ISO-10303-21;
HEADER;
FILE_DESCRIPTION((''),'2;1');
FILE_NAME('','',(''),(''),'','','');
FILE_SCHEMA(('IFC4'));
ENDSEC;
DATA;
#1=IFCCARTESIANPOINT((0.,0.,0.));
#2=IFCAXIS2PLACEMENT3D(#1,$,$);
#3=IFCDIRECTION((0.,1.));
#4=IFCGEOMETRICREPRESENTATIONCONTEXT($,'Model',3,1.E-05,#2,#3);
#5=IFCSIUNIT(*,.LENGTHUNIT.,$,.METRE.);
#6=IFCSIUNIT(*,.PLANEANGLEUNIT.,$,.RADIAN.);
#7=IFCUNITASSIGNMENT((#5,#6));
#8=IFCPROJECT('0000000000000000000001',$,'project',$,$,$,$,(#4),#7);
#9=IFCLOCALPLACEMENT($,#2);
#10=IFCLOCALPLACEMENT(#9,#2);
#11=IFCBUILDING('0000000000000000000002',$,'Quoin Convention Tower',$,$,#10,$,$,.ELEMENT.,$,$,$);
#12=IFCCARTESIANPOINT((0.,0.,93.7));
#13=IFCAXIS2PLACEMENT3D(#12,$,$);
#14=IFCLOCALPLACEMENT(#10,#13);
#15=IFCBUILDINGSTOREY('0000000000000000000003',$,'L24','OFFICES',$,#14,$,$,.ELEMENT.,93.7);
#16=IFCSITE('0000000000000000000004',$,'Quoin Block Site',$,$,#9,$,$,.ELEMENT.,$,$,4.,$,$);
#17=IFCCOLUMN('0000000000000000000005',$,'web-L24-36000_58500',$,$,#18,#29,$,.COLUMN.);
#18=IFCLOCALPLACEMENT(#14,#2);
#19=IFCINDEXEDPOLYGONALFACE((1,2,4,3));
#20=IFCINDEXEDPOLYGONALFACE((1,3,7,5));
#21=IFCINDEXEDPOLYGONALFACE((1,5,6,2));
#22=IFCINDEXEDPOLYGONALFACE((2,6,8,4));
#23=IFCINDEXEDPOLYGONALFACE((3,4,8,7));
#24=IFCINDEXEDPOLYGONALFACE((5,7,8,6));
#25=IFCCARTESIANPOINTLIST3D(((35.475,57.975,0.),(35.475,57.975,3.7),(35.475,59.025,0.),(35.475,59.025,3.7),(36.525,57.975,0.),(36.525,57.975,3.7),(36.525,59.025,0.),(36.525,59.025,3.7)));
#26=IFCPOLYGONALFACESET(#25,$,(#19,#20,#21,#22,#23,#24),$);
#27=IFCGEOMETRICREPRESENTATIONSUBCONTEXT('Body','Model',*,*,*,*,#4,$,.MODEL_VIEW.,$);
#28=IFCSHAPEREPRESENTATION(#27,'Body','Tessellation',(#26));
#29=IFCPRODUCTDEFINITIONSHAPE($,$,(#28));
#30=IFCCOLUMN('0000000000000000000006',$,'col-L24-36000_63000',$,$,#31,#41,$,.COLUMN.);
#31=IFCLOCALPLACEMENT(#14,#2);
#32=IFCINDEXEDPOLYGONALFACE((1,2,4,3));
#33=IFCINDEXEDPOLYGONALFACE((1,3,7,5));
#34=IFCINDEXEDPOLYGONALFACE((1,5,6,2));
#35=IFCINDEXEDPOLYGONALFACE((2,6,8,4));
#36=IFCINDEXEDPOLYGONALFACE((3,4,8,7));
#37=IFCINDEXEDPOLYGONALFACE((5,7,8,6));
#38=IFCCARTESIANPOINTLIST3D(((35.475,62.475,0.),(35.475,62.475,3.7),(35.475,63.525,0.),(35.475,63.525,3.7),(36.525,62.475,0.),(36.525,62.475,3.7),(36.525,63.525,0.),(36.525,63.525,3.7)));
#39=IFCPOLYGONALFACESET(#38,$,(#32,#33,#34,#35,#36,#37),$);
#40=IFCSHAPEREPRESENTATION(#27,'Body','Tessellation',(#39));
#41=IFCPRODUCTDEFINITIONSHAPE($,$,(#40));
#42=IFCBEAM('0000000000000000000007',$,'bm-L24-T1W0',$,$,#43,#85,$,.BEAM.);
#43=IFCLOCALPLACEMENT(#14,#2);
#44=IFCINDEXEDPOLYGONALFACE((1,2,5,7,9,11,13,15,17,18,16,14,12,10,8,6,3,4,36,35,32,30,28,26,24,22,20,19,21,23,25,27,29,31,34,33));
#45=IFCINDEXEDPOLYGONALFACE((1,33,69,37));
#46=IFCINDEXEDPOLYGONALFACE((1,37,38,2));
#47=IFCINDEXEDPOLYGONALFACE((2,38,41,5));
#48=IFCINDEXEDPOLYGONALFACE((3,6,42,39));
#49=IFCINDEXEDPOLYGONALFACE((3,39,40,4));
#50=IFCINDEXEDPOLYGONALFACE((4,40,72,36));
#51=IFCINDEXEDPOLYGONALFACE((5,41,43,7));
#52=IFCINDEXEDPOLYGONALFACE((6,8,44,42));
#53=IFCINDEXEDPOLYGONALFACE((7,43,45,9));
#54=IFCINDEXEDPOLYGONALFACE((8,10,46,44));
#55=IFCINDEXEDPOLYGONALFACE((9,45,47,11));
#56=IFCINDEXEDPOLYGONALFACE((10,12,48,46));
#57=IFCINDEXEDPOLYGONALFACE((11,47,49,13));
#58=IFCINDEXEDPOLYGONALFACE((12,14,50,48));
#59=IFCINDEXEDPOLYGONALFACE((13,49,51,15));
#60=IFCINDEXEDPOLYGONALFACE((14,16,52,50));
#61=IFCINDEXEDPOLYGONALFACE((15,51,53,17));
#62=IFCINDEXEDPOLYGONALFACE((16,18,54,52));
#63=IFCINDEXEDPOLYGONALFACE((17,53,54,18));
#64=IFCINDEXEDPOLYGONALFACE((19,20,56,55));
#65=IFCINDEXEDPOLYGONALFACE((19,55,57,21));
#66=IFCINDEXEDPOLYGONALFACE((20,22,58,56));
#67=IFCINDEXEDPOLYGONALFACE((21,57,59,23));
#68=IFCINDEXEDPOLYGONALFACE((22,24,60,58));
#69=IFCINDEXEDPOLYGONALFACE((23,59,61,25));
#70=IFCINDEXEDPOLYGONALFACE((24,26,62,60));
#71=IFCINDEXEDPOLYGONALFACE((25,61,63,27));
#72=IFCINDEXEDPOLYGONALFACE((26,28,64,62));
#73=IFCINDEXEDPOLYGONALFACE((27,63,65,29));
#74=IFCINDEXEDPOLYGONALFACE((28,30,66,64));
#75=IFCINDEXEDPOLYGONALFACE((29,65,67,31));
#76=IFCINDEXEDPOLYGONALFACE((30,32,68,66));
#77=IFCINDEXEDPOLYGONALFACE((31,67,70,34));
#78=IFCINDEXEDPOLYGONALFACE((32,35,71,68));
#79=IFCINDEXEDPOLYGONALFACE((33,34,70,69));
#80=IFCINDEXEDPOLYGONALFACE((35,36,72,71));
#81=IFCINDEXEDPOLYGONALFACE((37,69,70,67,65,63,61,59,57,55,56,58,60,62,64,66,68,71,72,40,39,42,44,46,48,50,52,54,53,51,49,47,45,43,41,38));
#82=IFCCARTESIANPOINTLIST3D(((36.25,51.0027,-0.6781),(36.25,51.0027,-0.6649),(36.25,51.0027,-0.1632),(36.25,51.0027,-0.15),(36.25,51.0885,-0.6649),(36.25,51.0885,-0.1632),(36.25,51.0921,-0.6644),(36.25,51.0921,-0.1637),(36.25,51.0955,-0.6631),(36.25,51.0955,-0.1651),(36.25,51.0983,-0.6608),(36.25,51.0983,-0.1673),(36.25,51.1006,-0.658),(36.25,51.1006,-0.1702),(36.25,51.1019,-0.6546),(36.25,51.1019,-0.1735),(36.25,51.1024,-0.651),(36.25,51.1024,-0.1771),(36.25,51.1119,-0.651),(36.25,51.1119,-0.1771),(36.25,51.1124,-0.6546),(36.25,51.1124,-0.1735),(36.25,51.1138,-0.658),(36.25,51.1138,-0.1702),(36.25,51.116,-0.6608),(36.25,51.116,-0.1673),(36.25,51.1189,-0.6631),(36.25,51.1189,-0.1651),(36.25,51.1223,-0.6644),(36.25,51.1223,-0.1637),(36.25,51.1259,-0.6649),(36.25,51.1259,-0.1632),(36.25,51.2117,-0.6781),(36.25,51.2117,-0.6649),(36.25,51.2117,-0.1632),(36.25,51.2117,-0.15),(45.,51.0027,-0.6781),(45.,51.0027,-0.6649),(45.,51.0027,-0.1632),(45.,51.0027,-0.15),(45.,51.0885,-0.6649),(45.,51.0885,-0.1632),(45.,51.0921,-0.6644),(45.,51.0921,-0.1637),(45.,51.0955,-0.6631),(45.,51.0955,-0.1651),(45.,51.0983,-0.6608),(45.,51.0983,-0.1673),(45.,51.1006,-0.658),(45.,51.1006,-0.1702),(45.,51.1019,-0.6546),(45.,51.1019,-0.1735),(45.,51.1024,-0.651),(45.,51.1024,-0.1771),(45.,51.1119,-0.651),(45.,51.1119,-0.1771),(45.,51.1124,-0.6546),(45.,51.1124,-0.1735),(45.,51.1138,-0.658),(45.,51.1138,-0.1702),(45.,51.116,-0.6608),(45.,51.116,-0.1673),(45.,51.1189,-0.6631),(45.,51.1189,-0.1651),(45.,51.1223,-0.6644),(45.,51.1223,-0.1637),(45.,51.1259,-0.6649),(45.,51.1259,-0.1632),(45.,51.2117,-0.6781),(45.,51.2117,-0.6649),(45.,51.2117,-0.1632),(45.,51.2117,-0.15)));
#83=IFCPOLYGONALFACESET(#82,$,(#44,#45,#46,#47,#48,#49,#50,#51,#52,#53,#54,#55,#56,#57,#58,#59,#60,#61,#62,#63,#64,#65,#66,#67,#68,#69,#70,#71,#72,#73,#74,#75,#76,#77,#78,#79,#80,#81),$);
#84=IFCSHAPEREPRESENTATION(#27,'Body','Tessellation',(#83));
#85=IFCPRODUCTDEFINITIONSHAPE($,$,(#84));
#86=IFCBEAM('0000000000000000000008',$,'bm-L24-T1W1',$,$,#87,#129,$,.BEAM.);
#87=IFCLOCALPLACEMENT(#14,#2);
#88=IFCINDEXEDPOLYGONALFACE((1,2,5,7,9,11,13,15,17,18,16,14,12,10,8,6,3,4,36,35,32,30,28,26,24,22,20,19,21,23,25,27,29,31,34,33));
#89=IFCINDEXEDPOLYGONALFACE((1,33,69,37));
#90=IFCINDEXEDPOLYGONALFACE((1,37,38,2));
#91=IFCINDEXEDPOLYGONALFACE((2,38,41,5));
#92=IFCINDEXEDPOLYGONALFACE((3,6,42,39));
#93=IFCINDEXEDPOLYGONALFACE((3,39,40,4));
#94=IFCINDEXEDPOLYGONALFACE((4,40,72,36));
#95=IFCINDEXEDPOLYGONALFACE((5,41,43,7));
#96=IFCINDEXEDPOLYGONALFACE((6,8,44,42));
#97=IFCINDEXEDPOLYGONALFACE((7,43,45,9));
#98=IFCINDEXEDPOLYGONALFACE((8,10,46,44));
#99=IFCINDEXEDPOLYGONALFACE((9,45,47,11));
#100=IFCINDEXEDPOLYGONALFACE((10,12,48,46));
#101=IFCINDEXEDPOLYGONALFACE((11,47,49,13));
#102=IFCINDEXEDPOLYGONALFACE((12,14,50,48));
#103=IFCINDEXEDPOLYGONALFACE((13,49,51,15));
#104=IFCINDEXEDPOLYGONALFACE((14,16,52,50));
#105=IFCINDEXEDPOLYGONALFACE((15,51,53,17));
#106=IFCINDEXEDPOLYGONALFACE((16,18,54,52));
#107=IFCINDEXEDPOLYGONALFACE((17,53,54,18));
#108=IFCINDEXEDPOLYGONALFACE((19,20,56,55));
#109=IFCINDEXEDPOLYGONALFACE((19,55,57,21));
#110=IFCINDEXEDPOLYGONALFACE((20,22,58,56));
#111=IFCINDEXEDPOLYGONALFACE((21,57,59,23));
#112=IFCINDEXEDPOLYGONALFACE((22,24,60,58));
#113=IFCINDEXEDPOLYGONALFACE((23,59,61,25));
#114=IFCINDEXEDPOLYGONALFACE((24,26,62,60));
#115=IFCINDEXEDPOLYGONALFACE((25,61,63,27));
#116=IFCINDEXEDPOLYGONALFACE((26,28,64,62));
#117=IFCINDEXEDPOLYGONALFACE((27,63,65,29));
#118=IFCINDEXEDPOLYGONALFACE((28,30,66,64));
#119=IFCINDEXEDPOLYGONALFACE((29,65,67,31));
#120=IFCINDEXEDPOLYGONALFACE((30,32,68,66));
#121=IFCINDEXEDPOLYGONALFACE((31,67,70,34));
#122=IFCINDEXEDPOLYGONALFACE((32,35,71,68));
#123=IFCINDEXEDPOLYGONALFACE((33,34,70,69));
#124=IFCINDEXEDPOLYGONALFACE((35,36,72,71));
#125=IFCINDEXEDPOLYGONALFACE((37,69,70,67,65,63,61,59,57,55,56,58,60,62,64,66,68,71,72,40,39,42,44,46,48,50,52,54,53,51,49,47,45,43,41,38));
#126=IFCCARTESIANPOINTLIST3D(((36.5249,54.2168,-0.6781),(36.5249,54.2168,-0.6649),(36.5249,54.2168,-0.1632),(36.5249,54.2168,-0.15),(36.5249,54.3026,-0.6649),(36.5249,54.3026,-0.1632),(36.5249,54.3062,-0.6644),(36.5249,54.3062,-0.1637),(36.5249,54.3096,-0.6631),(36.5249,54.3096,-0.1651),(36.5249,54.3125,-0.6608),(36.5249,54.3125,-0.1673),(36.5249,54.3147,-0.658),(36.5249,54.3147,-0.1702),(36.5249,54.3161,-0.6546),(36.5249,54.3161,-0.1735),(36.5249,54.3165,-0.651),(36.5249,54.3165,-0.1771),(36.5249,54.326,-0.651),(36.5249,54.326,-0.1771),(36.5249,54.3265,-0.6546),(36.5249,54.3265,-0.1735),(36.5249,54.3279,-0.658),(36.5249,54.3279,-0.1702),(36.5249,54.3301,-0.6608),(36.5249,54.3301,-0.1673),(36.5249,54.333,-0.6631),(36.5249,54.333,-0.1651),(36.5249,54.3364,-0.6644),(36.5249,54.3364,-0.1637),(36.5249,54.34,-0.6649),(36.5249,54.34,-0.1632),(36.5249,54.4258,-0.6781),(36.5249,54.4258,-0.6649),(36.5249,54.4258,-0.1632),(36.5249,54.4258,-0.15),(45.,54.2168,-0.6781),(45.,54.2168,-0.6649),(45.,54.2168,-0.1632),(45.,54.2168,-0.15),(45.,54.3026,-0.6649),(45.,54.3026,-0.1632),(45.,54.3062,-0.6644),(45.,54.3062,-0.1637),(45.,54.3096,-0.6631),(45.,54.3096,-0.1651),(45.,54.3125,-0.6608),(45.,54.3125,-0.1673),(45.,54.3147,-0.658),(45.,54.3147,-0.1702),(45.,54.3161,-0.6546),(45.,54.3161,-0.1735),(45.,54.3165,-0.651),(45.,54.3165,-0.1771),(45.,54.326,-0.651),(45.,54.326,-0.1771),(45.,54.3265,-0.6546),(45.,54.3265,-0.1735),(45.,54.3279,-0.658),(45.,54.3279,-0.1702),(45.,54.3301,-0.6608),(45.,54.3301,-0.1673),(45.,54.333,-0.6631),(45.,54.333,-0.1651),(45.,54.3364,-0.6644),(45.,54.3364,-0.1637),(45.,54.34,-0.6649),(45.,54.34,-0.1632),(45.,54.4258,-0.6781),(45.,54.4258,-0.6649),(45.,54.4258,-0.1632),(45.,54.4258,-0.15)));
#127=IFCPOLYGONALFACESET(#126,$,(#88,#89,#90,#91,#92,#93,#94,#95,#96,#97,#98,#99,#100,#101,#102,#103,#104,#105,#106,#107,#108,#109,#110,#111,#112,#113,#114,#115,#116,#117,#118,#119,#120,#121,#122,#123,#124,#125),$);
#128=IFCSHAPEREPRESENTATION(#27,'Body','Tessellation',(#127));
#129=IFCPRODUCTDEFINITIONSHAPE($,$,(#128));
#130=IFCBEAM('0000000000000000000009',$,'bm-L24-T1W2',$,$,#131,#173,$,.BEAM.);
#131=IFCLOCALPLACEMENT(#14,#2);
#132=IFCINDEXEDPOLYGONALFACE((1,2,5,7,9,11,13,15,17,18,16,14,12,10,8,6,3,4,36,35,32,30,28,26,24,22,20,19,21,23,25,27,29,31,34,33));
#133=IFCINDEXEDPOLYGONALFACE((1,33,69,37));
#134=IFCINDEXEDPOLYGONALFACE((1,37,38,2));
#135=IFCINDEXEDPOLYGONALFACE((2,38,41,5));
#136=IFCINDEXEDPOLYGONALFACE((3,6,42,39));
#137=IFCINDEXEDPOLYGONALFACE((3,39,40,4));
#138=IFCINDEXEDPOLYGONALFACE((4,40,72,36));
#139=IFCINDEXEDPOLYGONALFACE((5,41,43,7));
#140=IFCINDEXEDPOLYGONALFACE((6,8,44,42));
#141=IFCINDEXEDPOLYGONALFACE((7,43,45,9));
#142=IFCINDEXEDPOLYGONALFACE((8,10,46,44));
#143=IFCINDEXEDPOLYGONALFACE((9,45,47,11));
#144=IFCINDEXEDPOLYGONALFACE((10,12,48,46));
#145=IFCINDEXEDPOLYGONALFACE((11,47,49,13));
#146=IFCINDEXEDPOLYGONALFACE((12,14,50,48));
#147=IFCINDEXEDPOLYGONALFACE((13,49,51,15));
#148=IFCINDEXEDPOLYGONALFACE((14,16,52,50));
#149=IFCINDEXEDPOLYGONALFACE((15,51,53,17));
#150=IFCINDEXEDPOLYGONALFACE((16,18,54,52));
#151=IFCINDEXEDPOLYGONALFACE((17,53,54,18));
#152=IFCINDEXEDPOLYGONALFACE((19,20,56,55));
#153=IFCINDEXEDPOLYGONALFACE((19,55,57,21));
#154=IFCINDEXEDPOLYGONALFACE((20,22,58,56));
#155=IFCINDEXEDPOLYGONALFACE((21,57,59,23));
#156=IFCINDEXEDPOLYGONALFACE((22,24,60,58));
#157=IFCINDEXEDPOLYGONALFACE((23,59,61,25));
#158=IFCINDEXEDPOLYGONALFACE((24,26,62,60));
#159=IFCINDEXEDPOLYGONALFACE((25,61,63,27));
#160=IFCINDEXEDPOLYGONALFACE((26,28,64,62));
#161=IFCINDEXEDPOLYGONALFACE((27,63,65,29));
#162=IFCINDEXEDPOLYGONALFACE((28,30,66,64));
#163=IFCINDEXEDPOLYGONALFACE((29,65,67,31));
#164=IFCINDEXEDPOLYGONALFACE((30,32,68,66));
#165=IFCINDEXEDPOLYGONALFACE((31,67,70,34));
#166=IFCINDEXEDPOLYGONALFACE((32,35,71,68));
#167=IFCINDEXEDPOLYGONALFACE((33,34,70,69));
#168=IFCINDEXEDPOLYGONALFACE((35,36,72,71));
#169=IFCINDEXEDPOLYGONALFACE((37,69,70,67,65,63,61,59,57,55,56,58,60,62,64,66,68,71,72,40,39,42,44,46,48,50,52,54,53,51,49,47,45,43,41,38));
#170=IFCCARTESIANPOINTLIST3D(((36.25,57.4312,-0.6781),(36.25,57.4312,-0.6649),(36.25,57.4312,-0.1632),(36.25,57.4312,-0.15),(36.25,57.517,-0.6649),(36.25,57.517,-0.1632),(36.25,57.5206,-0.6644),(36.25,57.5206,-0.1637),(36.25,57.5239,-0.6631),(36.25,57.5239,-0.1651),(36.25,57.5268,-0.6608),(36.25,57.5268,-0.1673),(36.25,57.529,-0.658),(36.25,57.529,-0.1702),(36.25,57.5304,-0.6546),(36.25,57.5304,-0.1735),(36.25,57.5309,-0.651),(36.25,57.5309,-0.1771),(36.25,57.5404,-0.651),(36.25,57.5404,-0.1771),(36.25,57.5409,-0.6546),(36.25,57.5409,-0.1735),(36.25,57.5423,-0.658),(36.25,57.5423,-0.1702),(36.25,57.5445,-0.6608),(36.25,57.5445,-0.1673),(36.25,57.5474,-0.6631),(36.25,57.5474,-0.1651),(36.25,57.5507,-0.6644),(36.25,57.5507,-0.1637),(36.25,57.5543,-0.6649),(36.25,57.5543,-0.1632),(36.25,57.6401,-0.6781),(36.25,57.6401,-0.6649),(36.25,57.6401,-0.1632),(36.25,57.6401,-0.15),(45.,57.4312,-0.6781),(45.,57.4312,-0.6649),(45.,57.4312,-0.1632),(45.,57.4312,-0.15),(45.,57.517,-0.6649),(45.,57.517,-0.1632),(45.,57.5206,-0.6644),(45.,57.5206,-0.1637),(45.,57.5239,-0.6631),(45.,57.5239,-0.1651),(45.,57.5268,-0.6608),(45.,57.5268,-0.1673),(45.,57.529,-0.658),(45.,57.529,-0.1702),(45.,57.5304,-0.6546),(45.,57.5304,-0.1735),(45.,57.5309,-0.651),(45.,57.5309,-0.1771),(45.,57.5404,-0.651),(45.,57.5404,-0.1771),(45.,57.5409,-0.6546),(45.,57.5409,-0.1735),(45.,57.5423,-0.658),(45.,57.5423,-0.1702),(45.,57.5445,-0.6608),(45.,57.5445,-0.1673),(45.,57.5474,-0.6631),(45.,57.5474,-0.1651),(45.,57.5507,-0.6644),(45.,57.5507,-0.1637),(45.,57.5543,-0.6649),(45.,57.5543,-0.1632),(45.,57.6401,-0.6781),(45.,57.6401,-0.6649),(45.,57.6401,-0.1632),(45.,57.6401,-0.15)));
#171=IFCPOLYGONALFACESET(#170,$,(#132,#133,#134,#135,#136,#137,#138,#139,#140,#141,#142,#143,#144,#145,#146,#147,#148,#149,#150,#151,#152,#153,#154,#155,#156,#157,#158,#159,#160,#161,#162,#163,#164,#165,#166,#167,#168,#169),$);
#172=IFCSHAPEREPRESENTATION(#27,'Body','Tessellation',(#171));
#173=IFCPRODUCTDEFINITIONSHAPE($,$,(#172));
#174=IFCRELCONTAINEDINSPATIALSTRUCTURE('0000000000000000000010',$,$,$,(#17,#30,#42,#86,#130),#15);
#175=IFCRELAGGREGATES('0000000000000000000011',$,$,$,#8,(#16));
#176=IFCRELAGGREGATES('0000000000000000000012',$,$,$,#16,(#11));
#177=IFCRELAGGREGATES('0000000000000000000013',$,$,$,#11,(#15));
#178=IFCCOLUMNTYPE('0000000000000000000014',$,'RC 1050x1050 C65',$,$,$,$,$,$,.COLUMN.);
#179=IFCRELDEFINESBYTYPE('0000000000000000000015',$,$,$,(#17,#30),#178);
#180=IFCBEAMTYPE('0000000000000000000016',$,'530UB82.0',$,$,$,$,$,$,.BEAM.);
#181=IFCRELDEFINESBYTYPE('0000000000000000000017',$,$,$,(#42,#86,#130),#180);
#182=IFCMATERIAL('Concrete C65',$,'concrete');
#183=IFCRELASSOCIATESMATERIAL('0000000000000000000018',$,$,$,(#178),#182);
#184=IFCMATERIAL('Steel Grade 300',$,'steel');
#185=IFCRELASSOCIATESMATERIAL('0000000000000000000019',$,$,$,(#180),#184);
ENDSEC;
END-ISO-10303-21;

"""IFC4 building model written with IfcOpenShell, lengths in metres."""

from ifc_helpers import new_model, si_unit, direction, frame, origin, origin_2d, place, context, subcontext, project, spatial, rectangle, i_section, extrude, material, material_profile, profile_set, type_object, element, save


model = new_model("IFC4")

# Units and contexts
model_context = context("Model", 3, precision=1e-05, world=origin(), true_north=direction((0.0, 1.0)))
body_context = subcontext(model_context, "Body", "Model", "MODEL_VIEW")
ifc_project = project(units=[si_unit("LENGTHUNIT", "METRE"), si_unit("PLANEANGLEUNIT", "RADIAN")], contexts=[model_context])

# Site, building, storey
site_placement = place(None, origin())
site = spatial("IfcSite", under=ifc_project, at=site_placement, Name="Quoin Block Site", CompositionType="ELEMENT", RefElevation=4.0)
building_placement = place(site_placement, origin())
building = spatial("IfcBuilding", under=site, at=building_placement, Name="Quoin Convention Tower", CompositionType="ELEMENT")
storey_placement = place(building_placement, frame((0.0, 0.0, 93.7)))
storey = spatial("IfcBuildingStorey", under=building, at=storey_placement, Name="L24", Description="OFFICES", CompositionType="ELEMENT", Elevation=93.7)

# Columns
ifc_material_1 = material(Name="Concrete C65", Category="concrete")
ifc_material_profile_1 = material_profile(ifc_material_1, rectangle(XDim=1.05, YDim=1.05, at=origin_2d()), Name="RC 1050x1050")
ifc_profile_set_1 = profile_set([ifc_material_profile_1], Name="Concrete C65")
column_type = type_object("IfcColumnType", Name="RC 1050x1050 C65", PredefinedType="COLUMN", material=ifc_profile_set_1)
for number, where, z_axis, x_axis, name in (
    (1, (36.0, 58.5, 0.0), (0.0, 0.0, 1.0), (1.0, 0.0, 0.0), "web-L24-36000_58500"),
    (2, (36.0, 63.0, 0.0), (0.0, 0.0, 1.0), (1.0, 0.0, 0.0), "col-L24-36000_63000"),
):
    element("IfcColumn", number, at=place(storey_placement, frame(where, z_axis=z_axis, x_axis=x_axis)), inside=storey, type_object=column_type, Name=name, PredefinedType="COLUMN", context=body_context, shape_type="SweptSolid", body=[
        extrude(rectangle(XDim=1.05, YDim=1.05, at=origin_2d()), origin(), (0.0, 0.0, 1.0), 3.7),
    ])

# Beams
ifc_material_2 = material(Name="Steel Grade 300", Category="steel")
ifc_material_profile_2 = material_profile(ifc_material_2, i_section(OverallWidth=0.209, OverallDepth=0.5281, WebThickness=0.0095, FlangeThickness=0.0132, FilletRadius=0.0139, at=origin_2d()), Name="530UB82.0")
ifc_profile_set_2 = profile_set([ifc_material_profile_2], Name="Steel Grade 300")
beam_type_1 = type_object("IfcBeamType", Name="530UB82.0", PredefinedType="BEAM", material=ifc_profile_set_2)
beam_1_placement = place(storey_placement, frame((36.25, 51.1072, -0.4141), z_axis=(1.0, 0.0, 0.0), x_axis=(0.0, 1.0, 0.0)))
element("IfcBeam", 3, at=beam_1_placement, inside=storey, type_object=beam_type_1, Name="bm-L24-T1W0", PredefinedType="BEAM", context=body_context, shape_type="SweptSolid", body=[
    extrude(i_section(OverallWidth=0.209, OverallDepth=0.5281, WebThickness=0.0095, FlangeThickness=0.0132, FilletRadius=0.0139, at=origin_2d()), origin(), (0.0, 0.0, 1.0), 8.75),
])
beam_2_placement = place(storey_placement, frame((36.5249, 54.3213, -0.4141), z_axis=(1.0, 0.0, 0.0), x_axis=(0.0, 1.0, 0.0)))
element("IfcBeam", 4, at=beam_2_placement, inside=storey, type_object=beam_type_1, Name="bm-L24-T1W1", PredefinedType="BEAM", context=body_context, shape_type="SweptSolid", body=[
    extrude(i_section(OverallWidth=0.209, OverallDepth=0.5281, WebThickness=0.0095, FlangeThickness=0.0132, FilletRadius=0.0139, at=origin_2d()), origin(), (0.0, 0.0, 1.0), 8.4751),
])
for number, where, z_axis, x_axis, name in (
    (5, (36.25, 57.5356, -0.4141), (1.0, 0.0, 0.0), (0.0, 1.0, 0.0), "bm-L24-T1W2"),
):
    element("IfcBeam", number, at=place(storey_placement, frame(where, z_axis=z_axis, x_axis=x_axis)), inside=storey, type_object=beam_type_1, Name=name, PredefinedType="BEAM", context=body_context, shape_type="SweptSolid", body=[
        extrude(i_section(OverallWidth=0.209, OverallDepth=0.5281, WebThickness=0.0095, FlangeThickness=0.0132, FilletRadius=0.0139, at=origin_2d()), origin(), (0.0, 0.0, 1.0), 8.75),
    ])

save(model, "model.ifc")
